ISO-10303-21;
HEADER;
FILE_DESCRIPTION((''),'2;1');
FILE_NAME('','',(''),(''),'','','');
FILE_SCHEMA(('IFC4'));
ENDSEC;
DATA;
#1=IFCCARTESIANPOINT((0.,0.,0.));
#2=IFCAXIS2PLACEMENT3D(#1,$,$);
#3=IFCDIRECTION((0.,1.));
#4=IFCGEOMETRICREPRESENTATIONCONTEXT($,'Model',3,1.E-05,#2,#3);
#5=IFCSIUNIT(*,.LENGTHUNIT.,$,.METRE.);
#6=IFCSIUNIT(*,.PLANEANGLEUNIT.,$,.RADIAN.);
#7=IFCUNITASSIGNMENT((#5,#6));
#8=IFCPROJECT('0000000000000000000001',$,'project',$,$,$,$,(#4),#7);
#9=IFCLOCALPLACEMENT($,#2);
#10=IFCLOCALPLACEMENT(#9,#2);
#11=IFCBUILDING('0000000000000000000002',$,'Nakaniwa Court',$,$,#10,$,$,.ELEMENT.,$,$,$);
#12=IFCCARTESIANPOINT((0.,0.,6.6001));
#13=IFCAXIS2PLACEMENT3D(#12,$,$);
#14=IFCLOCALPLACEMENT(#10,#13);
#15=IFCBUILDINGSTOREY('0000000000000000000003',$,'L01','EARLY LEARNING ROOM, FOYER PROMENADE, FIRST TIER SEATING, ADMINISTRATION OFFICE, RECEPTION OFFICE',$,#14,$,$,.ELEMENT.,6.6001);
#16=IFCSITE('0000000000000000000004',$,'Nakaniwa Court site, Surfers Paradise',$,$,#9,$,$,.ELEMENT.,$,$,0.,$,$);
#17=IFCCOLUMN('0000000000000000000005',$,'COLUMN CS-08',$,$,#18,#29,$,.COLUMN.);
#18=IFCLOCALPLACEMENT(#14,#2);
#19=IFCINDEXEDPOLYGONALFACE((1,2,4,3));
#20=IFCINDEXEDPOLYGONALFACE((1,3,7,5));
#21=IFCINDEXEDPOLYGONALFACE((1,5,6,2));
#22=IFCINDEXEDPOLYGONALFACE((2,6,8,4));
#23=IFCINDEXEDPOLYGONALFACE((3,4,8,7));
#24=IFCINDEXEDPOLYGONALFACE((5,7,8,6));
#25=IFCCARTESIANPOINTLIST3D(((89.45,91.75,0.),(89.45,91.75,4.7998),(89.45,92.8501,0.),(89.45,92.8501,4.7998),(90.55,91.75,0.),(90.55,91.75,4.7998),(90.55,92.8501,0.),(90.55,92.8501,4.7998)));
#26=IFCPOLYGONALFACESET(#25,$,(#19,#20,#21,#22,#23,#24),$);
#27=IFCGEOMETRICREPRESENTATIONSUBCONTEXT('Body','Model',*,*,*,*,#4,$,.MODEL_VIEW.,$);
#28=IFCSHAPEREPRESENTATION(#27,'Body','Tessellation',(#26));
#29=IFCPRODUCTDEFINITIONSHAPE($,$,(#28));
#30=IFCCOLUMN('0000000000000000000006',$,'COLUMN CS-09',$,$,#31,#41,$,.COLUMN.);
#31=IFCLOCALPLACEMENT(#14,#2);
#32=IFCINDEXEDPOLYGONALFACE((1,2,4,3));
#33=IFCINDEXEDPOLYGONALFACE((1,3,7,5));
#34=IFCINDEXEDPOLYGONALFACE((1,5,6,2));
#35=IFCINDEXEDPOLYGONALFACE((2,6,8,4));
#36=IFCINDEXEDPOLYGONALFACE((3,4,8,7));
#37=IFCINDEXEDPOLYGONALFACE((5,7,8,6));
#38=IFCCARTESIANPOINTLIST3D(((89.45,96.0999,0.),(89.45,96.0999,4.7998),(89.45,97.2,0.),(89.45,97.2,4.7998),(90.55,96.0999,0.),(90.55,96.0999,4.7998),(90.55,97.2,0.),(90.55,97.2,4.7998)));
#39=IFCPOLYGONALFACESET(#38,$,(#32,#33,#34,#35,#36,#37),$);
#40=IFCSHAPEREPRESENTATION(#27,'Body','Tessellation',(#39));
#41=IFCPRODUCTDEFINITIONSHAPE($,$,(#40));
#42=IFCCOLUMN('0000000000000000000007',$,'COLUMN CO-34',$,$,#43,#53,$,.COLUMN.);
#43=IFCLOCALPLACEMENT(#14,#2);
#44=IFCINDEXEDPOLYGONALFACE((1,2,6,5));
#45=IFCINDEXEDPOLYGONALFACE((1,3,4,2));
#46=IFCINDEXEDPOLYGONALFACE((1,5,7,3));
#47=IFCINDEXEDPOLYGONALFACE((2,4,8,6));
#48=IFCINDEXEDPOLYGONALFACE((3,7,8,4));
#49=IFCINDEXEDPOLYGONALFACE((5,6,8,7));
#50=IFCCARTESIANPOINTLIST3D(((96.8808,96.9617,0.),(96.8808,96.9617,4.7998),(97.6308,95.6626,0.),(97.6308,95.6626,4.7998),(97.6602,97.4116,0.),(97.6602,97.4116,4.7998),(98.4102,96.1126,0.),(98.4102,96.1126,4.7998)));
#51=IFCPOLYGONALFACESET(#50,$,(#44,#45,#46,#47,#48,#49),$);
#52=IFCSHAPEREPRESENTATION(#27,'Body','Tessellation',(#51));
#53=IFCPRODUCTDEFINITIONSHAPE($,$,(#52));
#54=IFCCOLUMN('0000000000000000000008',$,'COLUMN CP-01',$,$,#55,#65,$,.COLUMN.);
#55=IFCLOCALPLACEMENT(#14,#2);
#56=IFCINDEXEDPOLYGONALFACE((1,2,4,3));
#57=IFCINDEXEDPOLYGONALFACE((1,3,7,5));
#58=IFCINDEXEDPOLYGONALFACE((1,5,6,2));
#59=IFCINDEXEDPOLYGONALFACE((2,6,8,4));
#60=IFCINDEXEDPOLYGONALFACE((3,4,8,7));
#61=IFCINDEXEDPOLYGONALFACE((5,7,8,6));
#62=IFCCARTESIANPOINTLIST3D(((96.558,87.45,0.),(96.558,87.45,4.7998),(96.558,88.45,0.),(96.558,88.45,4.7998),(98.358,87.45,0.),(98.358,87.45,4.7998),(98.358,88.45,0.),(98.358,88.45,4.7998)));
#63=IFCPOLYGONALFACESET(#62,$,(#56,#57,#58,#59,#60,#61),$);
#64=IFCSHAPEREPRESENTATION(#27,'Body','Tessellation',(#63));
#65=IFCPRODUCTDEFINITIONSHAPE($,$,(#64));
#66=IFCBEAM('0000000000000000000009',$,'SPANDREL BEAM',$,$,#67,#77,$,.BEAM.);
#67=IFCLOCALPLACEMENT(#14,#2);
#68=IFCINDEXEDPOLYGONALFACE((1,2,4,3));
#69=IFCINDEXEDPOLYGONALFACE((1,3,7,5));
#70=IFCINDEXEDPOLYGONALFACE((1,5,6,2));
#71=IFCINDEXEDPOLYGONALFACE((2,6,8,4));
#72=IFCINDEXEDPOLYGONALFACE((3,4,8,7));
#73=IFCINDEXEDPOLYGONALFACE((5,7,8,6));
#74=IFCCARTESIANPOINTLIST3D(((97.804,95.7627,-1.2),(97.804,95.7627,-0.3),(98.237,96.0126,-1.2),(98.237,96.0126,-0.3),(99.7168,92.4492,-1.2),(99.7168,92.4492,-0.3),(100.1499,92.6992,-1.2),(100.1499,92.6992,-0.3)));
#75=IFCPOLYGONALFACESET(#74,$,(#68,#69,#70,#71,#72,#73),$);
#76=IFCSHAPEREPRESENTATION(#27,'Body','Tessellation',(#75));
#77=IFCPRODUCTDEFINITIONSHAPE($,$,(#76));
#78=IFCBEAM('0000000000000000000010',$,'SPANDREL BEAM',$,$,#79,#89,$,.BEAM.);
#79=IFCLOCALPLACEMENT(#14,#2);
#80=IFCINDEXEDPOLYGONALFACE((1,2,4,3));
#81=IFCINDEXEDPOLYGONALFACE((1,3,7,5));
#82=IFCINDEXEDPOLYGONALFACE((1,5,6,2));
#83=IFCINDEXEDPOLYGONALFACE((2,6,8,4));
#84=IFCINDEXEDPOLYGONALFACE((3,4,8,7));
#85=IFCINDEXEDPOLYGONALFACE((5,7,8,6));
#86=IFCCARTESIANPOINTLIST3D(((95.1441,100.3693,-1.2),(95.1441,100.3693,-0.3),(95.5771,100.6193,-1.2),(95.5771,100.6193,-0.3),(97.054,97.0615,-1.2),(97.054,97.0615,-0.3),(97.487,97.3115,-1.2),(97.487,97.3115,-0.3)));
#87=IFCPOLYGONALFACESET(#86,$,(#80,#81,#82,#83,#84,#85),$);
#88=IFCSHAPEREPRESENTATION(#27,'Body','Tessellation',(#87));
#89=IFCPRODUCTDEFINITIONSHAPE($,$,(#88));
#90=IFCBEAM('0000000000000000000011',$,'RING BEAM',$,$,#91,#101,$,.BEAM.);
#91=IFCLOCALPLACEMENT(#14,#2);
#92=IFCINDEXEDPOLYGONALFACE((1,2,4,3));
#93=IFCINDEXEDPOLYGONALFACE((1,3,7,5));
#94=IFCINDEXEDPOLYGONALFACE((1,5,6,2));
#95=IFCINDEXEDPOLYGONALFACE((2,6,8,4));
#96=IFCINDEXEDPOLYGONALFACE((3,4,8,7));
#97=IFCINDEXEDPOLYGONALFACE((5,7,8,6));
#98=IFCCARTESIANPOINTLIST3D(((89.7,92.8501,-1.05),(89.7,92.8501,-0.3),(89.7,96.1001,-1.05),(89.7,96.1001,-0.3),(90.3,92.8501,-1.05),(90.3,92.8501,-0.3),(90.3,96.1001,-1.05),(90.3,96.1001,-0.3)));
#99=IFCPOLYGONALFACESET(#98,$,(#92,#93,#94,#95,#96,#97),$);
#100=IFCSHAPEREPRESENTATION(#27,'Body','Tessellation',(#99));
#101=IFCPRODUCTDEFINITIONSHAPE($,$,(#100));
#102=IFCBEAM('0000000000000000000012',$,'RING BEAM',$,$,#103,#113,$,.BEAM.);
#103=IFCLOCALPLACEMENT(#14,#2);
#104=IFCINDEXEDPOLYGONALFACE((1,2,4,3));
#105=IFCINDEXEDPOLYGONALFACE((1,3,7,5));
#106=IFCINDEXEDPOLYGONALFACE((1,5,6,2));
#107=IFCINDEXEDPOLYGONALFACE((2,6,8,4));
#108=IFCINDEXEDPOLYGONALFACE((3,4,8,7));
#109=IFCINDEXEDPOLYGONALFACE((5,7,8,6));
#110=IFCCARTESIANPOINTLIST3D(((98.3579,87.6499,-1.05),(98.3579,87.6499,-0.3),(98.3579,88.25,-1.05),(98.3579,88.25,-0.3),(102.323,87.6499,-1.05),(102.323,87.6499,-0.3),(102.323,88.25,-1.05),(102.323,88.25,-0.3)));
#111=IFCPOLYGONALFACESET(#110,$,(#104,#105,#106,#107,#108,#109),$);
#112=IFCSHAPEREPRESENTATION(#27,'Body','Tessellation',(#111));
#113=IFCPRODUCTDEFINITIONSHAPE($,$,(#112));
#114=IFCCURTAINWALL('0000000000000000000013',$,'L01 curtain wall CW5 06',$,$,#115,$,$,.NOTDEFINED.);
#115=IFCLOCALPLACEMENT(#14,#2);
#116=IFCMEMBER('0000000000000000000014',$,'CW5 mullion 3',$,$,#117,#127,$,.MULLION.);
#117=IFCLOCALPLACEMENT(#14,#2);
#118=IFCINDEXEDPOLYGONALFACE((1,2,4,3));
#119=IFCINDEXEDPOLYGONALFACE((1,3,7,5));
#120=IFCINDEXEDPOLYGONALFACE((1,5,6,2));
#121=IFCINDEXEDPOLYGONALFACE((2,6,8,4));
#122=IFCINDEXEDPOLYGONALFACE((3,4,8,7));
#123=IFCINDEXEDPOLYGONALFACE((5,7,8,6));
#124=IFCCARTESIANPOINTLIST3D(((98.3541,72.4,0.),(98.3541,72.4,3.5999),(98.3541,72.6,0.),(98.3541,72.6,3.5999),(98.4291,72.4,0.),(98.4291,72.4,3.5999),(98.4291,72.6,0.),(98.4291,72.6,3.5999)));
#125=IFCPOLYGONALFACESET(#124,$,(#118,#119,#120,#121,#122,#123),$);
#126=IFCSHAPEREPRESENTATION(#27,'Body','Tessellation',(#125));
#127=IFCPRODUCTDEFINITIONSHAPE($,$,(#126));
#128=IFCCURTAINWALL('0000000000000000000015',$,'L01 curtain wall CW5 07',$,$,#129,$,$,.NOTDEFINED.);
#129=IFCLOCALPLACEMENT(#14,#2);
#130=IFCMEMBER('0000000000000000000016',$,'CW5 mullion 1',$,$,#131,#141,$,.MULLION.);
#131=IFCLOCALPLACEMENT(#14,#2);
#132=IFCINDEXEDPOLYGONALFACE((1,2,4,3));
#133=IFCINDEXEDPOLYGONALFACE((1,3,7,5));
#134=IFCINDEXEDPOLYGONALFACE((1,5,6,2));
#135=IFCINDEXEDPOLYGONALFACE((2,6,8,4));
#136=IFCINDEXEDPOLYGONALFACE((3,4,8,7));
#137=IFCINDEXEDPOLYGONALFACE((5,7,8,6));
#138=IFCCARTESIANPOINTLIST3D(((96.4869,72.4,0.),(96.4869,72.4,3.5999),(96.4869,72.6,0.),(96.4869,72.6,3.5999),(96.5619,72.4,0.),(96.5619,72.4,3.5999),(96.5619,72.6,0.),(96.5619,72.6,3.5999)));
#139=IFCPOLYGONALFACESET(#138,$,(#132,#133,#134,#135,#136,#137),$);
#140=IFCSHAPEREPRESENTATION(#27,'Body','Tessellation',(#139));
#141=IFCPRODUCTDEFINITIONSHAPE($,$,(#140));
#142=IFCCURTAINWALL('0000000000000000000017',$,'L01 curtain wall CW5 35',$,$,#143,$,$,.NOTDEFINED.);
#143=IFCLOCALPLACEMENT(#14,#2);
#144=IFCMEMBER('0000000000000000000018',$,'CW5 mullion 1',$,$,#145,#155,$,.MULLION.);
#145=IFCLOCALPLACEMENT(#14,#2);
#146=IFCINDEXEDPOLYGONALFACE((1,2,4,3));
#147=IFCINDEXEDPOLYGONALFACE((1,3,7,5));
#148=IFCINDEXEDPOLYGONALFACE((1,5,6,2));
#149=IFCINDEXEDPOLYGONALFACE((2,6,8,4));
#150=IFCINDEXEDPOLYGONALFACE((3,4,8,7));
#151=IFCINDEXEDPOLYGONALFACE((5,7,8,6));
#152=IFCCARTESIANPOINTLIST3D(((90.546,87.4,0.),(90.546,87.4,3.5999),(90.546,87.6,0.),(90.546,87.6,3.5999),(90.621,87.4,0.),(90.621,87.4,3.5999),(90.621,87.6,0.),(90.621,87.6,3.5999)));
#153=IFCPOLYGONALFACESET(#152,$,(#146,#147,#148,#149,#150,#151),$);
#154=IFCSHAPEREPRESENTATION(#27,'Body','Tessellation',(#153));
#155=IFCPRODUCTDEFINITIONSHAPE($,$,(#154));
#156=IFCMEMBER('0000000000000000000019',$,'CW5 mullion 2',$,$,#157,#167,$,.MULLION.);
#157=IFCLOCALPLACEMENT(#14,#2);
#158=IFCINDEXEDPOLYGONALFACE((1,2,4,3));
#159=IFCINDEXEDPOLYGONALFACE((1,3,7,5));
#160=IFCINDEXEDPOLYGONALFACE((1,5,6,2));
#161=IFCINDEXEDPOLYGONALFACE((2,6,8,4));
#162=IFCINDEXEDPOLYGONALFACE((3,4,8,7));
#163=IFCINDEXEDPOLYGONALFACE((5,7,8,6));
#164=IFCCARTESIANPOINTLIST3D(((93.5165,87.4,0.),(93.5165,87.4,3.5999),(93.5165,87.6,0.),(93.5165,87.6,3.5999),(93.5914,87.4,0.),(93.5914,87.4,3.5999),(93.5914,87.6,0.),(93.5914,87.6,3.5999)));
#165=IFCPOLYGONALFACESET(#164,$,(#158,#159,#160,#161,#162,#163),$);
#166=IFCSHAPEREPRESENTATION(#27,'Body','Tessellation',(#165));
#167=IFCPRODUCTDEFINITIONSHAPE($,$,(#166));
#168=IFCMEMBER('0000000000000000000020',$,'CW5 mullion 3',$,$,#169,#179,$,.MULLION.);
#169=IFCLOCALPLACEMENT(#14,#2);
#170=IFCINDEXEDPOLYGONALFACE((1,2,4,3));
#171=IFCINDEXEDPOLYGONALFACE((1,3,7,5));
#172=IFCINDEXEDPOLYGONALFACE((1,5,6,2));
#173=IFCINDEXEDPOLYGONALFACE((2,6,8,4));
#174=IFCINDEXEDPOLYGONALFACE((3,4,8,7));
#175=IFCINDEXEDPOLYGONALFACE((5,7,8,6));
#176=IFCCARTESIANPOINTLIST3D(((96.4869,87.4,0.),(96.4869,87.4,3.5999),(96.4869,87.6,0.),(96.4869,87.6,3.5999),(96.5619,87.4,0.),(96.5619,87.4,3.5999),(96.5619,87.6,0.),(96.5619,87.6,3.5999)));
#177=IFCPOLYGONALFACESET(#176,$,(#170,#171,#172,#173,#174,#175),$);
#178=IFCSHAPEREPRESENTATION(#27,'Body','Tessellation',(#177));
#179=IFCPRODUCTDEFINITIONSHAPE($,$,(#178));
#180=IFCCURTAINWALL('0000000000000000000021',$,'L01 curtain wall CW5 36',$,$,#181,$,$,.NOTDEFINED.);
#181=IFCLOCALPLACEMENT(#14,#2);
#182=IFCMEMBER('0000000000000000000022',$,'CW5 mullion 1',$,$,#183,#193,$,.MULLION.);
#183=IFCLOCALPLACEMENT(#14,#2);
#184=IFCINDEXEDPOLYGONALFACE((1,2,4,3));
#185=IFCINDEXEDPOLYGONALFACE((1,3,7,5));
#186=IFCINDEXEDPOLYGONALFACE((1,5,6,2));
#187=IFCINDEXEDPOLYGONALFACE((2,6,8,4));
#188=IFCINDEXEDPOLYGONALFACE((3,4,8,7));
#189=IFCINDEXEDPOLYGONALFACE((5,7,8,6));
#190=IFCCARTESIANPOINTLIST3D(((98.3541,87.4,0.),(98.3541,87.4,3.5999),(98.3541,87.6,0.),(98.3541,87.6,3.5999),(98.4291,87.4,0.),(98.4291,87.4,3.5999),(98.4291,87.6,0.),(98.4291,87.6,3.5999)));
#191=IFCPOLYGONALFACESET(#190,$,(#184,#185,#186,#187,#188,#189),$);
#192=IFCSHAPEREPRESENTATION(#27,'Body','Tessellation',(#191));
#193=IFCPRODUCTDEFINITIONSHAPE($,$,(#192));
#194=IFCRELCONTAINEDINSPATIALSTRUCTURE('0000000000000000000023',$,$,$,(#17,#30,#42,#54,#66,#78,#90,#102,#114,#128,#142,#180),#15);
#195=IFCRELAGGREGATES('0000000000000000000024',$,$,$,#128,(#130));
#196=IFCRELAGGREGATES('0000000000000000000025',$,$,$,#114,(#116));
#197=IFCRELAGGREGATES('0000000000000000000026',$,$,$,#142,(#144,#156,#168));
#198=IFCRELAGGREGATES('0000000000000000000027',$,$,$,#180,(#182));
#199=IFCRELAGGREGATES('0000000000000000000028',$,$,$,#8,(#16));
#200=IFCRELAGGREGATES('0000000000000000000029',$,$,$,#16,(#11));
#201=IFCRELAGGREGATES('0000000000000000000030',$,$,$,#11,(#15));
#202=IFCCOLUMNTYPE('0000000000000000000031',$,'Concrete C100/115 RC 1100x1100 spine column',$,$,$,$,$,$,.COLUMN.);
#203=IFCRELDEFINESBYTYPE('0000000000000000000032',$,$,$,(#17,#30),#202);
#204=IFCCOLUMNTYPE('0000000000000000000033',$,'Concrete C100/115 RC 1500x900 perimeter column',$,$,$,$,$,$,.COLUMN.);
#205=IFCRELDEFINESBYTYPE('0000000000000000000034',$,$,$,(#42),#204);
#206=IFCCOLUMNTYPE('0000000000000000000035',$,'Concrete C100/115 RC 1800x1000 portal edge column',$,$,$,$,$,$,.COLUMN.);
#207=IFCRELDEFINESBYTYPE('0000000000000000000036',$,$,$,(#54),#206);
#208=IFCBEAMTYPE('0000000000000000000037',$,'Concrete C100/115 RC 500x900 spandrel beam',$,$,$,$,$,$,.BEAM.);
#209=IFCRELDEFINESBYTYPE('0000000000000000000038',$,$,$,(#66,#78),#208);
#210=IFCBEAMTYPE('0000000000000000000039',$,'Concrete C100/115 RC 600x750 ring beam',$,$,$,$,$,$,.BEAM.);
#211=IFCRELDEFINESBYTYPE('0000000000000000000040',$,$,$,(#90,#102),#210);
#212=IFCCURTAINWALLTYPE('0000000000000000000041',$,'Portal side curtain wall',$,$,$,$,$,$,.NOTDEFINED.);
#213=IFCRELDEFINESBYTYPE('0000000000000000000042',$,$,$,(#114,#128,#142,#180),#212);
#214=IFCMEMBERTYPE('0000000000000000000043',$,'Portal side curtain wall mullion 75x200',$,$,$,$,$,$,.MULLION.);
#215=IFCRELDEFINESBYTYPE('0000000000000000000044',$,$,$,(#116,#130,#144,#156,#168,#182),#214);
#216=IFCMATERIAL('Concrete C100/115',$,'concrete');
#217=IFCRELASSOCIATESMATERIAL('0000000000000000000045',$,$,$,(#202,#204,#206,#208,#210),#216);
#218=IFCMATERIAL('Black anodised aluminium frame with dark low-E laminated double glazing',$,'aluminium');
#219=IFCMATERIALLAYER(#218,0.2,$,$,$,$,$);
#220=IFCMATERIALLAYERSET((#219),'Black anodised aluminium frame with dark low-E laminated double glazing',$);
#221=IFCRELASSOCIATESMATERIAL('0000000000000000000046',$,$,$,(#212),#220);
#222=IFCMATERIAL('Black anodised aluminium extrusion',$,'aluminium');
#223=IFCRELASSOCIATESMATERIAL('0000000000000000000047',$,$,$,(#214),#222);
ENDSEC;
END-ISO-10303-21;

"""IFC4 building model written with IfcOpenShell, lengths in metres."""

from ifc_helpers import new_model, si_unit, direction, frame, origin, origin_2d, place, context, subcontext, project, spatial, rectangle, extrude, material, layer, layer_set, material_profile, profile_set, type_object, element, aggregate, save


model = new_model("IFC4")

# Units and contexts
model_context = context("Model", 3, precision=1e-05, world=origin(), true_north=direction((0.0, 1.0)))
body_context = subcontext(model_context, "Body", "Model", "MODEL_VIEW")
ifc_project = project(units=[si_unit("LENGTHUNIT", "METRE"), si_unit("PLANEANGLEUNIT", "RADIAN")], contexts=[model_context])

# Site, building, storey
site_placement = place(None, origin())
site = spatial("IfcSite", under=ifc_project, at=site_placement, Name="Nakaniwa Court site, Surfers Paradise", CompositionType="ELEMENT", RefElevation=0.0)
building_placement = place(site_placement, origin())
building = spatial("IfcBuilding", under=site, at=building_placement, Name="Nakaniwa Court", CompositionType="ELEMENT")
storey_placement = place(building_placement, frame((0.0, 0.0, 6.6001)))
storey = spatial("IfcBuildingStorey", under=building, at=storey_placement, Name="L01", Description="EARLY LEARNING ROOM, FOYER PROMENADE, FIRST TIER SEATING, ADMINISTRATION OFFICE, RECEPTION OFFICE", CompositionType="ELEMENT", Elevation=6.6001)

# Columns
ifc_material_1 = material(Name="Concrete C100/115", Category="concrete")
ifc_material_profile_1 = material_profile(ifc_material_1, rectangle(XDim=1.1001, YDim=1.1001, at=origin_2d()), Name="Concrete C100/115 RC 1100x1100 spine column")
ifc_profile_set_1 = profile_set([ifc_material_profile_1], Name="Concrete C100/115")
column_type_1 = type_object("IfcColumnType", Name="Concrete C100/115 RC 1100x1100 spine column", PredefinedType="COLUMN", material=ifc_profile_set_1)
for number, where, z_axis, x_axis, name in (
    (1, (90.0, 92.3, 0.0), (0.0, 0.0, 1.0), (0.0, 1.0, 0.0), "COLUMN CS-08"),
    (2, (90.0, 96.6499, 0.0), (0.0, 0.0, 1.0), (0.0, 1.0, 0.0), "COLUMN CS-09"),
):
    element("IfcColumn", number, at=place(storey_placement, frame(where, z_axis=z_axis, x_axis=x_axis)), inside=storey, type_object=column_type_1, Name=name, PredefinedType="COLUMN", context=body_context, shape_type="SweptSolid", body=[
        extrude(rectangle(XDim=1.1001, YDim=1.1001, at=origin_2d()), origin(), (0.0, 0.0, 1.0), 4.7998),
    ])
ifc_material_profile_2 = material_profile(ifc_material_1, rectangle(XDim=1.5, YDim=0.8999, at=origin_2d()), Name="Concrete C100/115 RC 1500x900 perimeter column")
ifc_profile_set_2 = profile_set([ifc_material_profile_2], Name="Concrete C100/115")
column_type_2 = type_object("IfcColumnType", Name="Concrete C100/115 RC 1500x900 perimeter column", PredefinedType="COLUMN", material=ifc_profile_set_2)
column_1_placement = place(storey_placement, frame((97.6455, 96.5371, 0.0), z_axis=(0.0, 0.0, 1.0), x_axis=(-0.5, 0.866025, 0.0)))
element("IfcColumn", 3, at=column_1_placement, inside=storey, type_object=column_type_2, Name="COLUMN CO-34", PredefinedType="COLUMN", context=body_context, shape_type="SweptSolid", body=[
    extrude(rectangle(XDim=1.5, YDim=0.8999, at=origin_2d()), origin(), (0.0, 0.0, 1.0), 4.7998),
])
ifc_material_profile_3 = material_profile(ifc_material_1, rectangle(XDim=1.8, YDim=1.0, at=origin_2d()), Name="Concrete C100/115 RC 1800x1000 portal edge column")
ifc_profile_set_3 = profile_set([ifc_material_profile_3], Name="Concrete C100/115")
column_type_3 = type_object("IfcColumnType", Name="Concrete C100/115 RC 1800x1000 portal edge column", PredefinedType="COLUMN", material=ifc_profile_set_3)
column_2_placement = place(storey_placement, frame((97.458, 87.95, 0.0), z_axis=(0.0, 0.0, 1.0), x_axis=(1.0, 0.0, 0.0)))
element("IfcColumn", 4, at=column_2_placement, inside=storey, type_object=column_type_3, Name="COLUMN CP-01", PredefinedType="COLUMN", context=body_context, shape_type="SweptSolid", body=[
    extrude(rectangle(XDim=1.8, YDim=1.0, at=origin_2d()), origin(), (0.0, 0.0, 1.0), 4.7998),
])

# Beams
ifc_material_profile_4 = material_profile(ifc_material_1, rectangle(XDim=0.5, YDim=0.8999, at=origin_2d()), Name="Concrete C100/115 RC 500x900 spandrel beam")
ifc_profile_set_4 = profile_set([ifc_material_profile_4], Name="Concrete C100/115")
beam_type_1 = type_object("IfcBeamType", Name="Concrete C100/115 RC 500x900 spandrel beam", PredefinedType="BEAM", material=ifc_profile_set_4)
beam_1_placement = place(storey_placement, frame((99.9333, 92.5742, -0.75), z_axis=(-0.499962, 0.866047, 0.0), x_axis=(-0.866047, -0.499962, 0.0)))
element("IfcBeam", 5, at=beam_1_placement, inside=storey, type_object=beam_type_1, Name="SPANDREL BEAM", PredefinedType="BEAM", context=body_context, shape_type="SweptSolid", body=[
    extrude(rectangle(XDim=0.5, YDim=0.8999, at=origin_2d()), origin(), (0.0, 0.0, 1.0), 3.8259),
])
beam_2_placement = place(storey_placement, frame((97.2705, 97.1865, -0.75), z_axis=(-0.500023, 0.866012, 0.0), x_axis=(-0.866012, -0.500023, 0.0)))
element("IfcBeam", 6, at=beam_2_placement, inside=storey, type_object=beam_type_1, Name="SPANDREL BEAM", PredefinedType="BEAM", context=body_context, shape_type="SweptSolid", body=[
    extrude(rectangle(XDim=0.5, YDim=0.8999, at=origin_2d()), origin(), (0.0, 0.0, 1.0), 3.8196),
])
ifc_material_profile_5 = material_profile(ifc_material_1, rectangle(XDim=0.6001, YDim=0.75, at=origin_2d()), Name="Concrete C100/115 RC 600x750 ring beam")
ifc_profile_set_5 = profile_set([ifc_material_profile_5], Name="Concrete C100/115")
beam_type_2 = type_object("IfcBeamType", Name="Concrete C100/115 RC 600x750 ring beam", PredefinedType="BEAM", material=ifc_profile_set_5)
beam_3_placement = place(storey_placement, frame((90.0, 92.8501, -0.675), z_axis=(0.0, 1.0, 0.0), x_axis=(-1.0, 0.0, 0.0)))
element("IfcBeam", 7, at=beam_3_placement, inside=storey, type_object=beam_type_2, Name="RING BEAM", PredefinedType="BEAM", context=body_context, shape_type="SweptSolid", body=[
    extrude(rectangle(XDim=0.6001, YDim=0.75, at=origin_2d()), origin(), (0.0, 0.0, 1.0), 3.25),
])
beam_4_placement = place(storey_placement, frame((98.3579, 87.95, -0.675), z_axis=(1.0, 0.0, 0.0), x_axis=(0.0, 1.0, 0.0)))
element("IfcBeam", 8, at=beam_4_placement, inside=storey, type_object=beam_type_2, Name="RING BEAM", PredefinedType="BEAM", context=body_context, shape_type="SweptSolid", body=[
    extrude(rectangle(XDim=0.6001, YDim=0.75, at=origin_2d()), origin(), (0.0, 0.0, 1.0), 3.9651),
])

# Curtain walls, members
ifc_material_2 = material(Name="Black anodised aluminium frame with dark low-E laminated double glazing", Category="aluminium")
ifc_layer_1 = layer(ifc_material_2, 0.2)
ifc_layer_set_1 = layer_set([ifc_layer_1], Name="Black anodised aluminium frame with dark low-E laminated double glazing")
curtain_wall_type = type_object("IfcCurtainWallType", Name="Portal side curtain wall", PredefinedType="NOTDEFINED", material=ifc_layer_set_1)
curtain_wall_1_placement = place(storey_placement, origin())
curtain_wall_1 = element("IfcCurtainWall", 9, at=curtain_wall_1_placement, inside=storey, type_object=curtain_wall_type, Name="L01 curtain wall CW5 06", PredefinedType="NOTDEFINED")
ifc_material_3 = material(Name="Black anodised aluminium extrusion", Category="aluminium")
ifc_material_profile_6 = material_profile(ifc_material_3, rectangle(XDim=0.2, YDim=0.075, at=origin_2d()), Name="Portal side curtain wall mullion 75x200")
ifc_profile_set_6 = profile_set([ifc_material_profile_6], Name="Black anodised aluminium extrusion")
member_type_1 = type_object("IfcMemberType", Name="Portal side curtain wall mullion 75x200", PredefinedType="MULLION", material=ifc_profile_set_6)
member_1_placement = place(storey_placement, frame((98.3916, 72.5, 0.0), z_axis=(0.0, 0.0, 1.0), x_axis=(0.0, -1.0, 0.0)))
member_1 = element("IfcMember", 10, at=member_1_placement, type_object=member_type_1, Name="CW5 mullion 3", PredefinedType="MULLION", context=body_context, shape_type="SweptSolid", body=[
    extrude(rectangle(XDim=0.2, YDim=0.075, at=origin_2d()), origin(), (0.0, 0.0, 1.0), 3.5999),
])
curtain_wall_2_placement = place(storey_placement, origin())
curtain_wall_2 = element("IfcCurtainWall", 11, at=curtain_wall_2_placement, inside=storey, type_object=curtain_wall_type, Name="L01 curtain wall CW5 07", PredefinedType="NOTDEFINED")
member_2_placement = place(storey_placement, frame((96.5244, 72.5, 0.0), z_axis=(0.0, 0.0, 1.0), x_axis=(0.0, -1.0, 0.0)))
member_2 = element("IfcMember", 12, at=member_2_placement, type_object=member_type_1, Name="CW5 mullion 1", PredefinedType="MULLION", context=body_context, shape_type="SweptSolid", body=[
    extrude(rectangle(XDim=0.2, YDim=0.075, at=origin_2d()), origin(), (0.0, 0.0, 1.0), 3.5999),
])

# Curtain wall, members
curtain_wall_3_placement = place(storey_placement, origin())
curtain_wall_3 = element("IfcCurtainWall", 13, at=curtain_wall_3_placement, inside=storey, type_object=curtain_wall_type, Name="L01 curtain wall CW5 35", PredefinedType="NOTDEFINED")
member_3_placement = place(storey_placement, frame((90.5835, 87.5, 0.0), z_axis=(0.0, 0.0, 1.0), x_axis=(0.0, 1.0, 0.0)))
member_3 = element("IfcMember", 14, at=member_3_placement, type_object=member_type_1, Name="CW5 mullion 1", PredefinedType="MULLION", context=body_context, shape_type="SweptSolid", body=[
    extrude(rectangle(XDim=0.2, YDim=0.075, at=origin_2d()), origin(), (0.0, 0.0, 1.0), 3.5999),
])
member_4_placement = place(storey_placement, frame((93.554, 87.5, 0.0), z_axis=(0.0, 0.0, 1.0), x_axis=(0.0, 1.0, 0.0)))
member_4 = element("IfcMember", 15, at=member_4_placement, type_object=member_type_1, Name="CW5 mullion 2", PredefinedType="MULLION", context=body_context, shape_type="SweptSolid", body=[
    extrude(rectangle(XDim=0.2, YDim=0.075, at=origin_2d()), origin(), (0.0, 0.0, 1.0), 3.5999),
])
member_5_placement = place(storey_placement, frame((96.5244, 87.5, 0.0), z_axis=(0.0, 0.0, 1.0), x_axis=(0.0, 1.0, 0.0)))
member_5 = element("IfcMember", 16, at=member_5_placement, type_object=member_type_1, Name="CW5 mullion 3", PredefinedType="MULLION", context=body_context, shape_type="SweptSolid", body=[
    extrude(rectangle(XDim=0.2, YDim=0.075, at=origin_2d()), origin(), (0.0, 0.0, 1.0), 3.5999),
])

# Curtain wall, member
curtain_wall_4_placement = place(storey_placement, origin())
curtain_wall_4 = element("IfcCurtainWall", 17, at=curtain_wall_4_placement, inside=storey, type_object=curtain_wall_type, Name="L01 curtain wall CW5 36", PredefinedType="NOTDEFINED")
member_6_placement = place(storey_placement, frame((98.3916, 87.5, 0.0), z_axis=(0.0, 0.0, 1.0), x_axis=(0.0, 1.0, 0.0)))
member_6 = element("IfcMember", 18, at=member_6_placement, type_object=member_type_1, Name="CW5 mullion 1", PredefinedType="MULLION", context=body_context, shape_type="SweptSolid", body=[
    extrude(rectangle(XDim=0.2, YDim=0.075, at=origin_2d()), origin(), (0.0, 0.0, 1.0), 3.5999),
])

aggregate(curtain_wall_2, [member_2])

aggregate(curtain_wall_1, [member_1])
aggregate(curtain_wall_3, [member_3, member_4, member_5])
aggregate(curtain_wall_4, [member_6])

save(model, "model.ifc")
